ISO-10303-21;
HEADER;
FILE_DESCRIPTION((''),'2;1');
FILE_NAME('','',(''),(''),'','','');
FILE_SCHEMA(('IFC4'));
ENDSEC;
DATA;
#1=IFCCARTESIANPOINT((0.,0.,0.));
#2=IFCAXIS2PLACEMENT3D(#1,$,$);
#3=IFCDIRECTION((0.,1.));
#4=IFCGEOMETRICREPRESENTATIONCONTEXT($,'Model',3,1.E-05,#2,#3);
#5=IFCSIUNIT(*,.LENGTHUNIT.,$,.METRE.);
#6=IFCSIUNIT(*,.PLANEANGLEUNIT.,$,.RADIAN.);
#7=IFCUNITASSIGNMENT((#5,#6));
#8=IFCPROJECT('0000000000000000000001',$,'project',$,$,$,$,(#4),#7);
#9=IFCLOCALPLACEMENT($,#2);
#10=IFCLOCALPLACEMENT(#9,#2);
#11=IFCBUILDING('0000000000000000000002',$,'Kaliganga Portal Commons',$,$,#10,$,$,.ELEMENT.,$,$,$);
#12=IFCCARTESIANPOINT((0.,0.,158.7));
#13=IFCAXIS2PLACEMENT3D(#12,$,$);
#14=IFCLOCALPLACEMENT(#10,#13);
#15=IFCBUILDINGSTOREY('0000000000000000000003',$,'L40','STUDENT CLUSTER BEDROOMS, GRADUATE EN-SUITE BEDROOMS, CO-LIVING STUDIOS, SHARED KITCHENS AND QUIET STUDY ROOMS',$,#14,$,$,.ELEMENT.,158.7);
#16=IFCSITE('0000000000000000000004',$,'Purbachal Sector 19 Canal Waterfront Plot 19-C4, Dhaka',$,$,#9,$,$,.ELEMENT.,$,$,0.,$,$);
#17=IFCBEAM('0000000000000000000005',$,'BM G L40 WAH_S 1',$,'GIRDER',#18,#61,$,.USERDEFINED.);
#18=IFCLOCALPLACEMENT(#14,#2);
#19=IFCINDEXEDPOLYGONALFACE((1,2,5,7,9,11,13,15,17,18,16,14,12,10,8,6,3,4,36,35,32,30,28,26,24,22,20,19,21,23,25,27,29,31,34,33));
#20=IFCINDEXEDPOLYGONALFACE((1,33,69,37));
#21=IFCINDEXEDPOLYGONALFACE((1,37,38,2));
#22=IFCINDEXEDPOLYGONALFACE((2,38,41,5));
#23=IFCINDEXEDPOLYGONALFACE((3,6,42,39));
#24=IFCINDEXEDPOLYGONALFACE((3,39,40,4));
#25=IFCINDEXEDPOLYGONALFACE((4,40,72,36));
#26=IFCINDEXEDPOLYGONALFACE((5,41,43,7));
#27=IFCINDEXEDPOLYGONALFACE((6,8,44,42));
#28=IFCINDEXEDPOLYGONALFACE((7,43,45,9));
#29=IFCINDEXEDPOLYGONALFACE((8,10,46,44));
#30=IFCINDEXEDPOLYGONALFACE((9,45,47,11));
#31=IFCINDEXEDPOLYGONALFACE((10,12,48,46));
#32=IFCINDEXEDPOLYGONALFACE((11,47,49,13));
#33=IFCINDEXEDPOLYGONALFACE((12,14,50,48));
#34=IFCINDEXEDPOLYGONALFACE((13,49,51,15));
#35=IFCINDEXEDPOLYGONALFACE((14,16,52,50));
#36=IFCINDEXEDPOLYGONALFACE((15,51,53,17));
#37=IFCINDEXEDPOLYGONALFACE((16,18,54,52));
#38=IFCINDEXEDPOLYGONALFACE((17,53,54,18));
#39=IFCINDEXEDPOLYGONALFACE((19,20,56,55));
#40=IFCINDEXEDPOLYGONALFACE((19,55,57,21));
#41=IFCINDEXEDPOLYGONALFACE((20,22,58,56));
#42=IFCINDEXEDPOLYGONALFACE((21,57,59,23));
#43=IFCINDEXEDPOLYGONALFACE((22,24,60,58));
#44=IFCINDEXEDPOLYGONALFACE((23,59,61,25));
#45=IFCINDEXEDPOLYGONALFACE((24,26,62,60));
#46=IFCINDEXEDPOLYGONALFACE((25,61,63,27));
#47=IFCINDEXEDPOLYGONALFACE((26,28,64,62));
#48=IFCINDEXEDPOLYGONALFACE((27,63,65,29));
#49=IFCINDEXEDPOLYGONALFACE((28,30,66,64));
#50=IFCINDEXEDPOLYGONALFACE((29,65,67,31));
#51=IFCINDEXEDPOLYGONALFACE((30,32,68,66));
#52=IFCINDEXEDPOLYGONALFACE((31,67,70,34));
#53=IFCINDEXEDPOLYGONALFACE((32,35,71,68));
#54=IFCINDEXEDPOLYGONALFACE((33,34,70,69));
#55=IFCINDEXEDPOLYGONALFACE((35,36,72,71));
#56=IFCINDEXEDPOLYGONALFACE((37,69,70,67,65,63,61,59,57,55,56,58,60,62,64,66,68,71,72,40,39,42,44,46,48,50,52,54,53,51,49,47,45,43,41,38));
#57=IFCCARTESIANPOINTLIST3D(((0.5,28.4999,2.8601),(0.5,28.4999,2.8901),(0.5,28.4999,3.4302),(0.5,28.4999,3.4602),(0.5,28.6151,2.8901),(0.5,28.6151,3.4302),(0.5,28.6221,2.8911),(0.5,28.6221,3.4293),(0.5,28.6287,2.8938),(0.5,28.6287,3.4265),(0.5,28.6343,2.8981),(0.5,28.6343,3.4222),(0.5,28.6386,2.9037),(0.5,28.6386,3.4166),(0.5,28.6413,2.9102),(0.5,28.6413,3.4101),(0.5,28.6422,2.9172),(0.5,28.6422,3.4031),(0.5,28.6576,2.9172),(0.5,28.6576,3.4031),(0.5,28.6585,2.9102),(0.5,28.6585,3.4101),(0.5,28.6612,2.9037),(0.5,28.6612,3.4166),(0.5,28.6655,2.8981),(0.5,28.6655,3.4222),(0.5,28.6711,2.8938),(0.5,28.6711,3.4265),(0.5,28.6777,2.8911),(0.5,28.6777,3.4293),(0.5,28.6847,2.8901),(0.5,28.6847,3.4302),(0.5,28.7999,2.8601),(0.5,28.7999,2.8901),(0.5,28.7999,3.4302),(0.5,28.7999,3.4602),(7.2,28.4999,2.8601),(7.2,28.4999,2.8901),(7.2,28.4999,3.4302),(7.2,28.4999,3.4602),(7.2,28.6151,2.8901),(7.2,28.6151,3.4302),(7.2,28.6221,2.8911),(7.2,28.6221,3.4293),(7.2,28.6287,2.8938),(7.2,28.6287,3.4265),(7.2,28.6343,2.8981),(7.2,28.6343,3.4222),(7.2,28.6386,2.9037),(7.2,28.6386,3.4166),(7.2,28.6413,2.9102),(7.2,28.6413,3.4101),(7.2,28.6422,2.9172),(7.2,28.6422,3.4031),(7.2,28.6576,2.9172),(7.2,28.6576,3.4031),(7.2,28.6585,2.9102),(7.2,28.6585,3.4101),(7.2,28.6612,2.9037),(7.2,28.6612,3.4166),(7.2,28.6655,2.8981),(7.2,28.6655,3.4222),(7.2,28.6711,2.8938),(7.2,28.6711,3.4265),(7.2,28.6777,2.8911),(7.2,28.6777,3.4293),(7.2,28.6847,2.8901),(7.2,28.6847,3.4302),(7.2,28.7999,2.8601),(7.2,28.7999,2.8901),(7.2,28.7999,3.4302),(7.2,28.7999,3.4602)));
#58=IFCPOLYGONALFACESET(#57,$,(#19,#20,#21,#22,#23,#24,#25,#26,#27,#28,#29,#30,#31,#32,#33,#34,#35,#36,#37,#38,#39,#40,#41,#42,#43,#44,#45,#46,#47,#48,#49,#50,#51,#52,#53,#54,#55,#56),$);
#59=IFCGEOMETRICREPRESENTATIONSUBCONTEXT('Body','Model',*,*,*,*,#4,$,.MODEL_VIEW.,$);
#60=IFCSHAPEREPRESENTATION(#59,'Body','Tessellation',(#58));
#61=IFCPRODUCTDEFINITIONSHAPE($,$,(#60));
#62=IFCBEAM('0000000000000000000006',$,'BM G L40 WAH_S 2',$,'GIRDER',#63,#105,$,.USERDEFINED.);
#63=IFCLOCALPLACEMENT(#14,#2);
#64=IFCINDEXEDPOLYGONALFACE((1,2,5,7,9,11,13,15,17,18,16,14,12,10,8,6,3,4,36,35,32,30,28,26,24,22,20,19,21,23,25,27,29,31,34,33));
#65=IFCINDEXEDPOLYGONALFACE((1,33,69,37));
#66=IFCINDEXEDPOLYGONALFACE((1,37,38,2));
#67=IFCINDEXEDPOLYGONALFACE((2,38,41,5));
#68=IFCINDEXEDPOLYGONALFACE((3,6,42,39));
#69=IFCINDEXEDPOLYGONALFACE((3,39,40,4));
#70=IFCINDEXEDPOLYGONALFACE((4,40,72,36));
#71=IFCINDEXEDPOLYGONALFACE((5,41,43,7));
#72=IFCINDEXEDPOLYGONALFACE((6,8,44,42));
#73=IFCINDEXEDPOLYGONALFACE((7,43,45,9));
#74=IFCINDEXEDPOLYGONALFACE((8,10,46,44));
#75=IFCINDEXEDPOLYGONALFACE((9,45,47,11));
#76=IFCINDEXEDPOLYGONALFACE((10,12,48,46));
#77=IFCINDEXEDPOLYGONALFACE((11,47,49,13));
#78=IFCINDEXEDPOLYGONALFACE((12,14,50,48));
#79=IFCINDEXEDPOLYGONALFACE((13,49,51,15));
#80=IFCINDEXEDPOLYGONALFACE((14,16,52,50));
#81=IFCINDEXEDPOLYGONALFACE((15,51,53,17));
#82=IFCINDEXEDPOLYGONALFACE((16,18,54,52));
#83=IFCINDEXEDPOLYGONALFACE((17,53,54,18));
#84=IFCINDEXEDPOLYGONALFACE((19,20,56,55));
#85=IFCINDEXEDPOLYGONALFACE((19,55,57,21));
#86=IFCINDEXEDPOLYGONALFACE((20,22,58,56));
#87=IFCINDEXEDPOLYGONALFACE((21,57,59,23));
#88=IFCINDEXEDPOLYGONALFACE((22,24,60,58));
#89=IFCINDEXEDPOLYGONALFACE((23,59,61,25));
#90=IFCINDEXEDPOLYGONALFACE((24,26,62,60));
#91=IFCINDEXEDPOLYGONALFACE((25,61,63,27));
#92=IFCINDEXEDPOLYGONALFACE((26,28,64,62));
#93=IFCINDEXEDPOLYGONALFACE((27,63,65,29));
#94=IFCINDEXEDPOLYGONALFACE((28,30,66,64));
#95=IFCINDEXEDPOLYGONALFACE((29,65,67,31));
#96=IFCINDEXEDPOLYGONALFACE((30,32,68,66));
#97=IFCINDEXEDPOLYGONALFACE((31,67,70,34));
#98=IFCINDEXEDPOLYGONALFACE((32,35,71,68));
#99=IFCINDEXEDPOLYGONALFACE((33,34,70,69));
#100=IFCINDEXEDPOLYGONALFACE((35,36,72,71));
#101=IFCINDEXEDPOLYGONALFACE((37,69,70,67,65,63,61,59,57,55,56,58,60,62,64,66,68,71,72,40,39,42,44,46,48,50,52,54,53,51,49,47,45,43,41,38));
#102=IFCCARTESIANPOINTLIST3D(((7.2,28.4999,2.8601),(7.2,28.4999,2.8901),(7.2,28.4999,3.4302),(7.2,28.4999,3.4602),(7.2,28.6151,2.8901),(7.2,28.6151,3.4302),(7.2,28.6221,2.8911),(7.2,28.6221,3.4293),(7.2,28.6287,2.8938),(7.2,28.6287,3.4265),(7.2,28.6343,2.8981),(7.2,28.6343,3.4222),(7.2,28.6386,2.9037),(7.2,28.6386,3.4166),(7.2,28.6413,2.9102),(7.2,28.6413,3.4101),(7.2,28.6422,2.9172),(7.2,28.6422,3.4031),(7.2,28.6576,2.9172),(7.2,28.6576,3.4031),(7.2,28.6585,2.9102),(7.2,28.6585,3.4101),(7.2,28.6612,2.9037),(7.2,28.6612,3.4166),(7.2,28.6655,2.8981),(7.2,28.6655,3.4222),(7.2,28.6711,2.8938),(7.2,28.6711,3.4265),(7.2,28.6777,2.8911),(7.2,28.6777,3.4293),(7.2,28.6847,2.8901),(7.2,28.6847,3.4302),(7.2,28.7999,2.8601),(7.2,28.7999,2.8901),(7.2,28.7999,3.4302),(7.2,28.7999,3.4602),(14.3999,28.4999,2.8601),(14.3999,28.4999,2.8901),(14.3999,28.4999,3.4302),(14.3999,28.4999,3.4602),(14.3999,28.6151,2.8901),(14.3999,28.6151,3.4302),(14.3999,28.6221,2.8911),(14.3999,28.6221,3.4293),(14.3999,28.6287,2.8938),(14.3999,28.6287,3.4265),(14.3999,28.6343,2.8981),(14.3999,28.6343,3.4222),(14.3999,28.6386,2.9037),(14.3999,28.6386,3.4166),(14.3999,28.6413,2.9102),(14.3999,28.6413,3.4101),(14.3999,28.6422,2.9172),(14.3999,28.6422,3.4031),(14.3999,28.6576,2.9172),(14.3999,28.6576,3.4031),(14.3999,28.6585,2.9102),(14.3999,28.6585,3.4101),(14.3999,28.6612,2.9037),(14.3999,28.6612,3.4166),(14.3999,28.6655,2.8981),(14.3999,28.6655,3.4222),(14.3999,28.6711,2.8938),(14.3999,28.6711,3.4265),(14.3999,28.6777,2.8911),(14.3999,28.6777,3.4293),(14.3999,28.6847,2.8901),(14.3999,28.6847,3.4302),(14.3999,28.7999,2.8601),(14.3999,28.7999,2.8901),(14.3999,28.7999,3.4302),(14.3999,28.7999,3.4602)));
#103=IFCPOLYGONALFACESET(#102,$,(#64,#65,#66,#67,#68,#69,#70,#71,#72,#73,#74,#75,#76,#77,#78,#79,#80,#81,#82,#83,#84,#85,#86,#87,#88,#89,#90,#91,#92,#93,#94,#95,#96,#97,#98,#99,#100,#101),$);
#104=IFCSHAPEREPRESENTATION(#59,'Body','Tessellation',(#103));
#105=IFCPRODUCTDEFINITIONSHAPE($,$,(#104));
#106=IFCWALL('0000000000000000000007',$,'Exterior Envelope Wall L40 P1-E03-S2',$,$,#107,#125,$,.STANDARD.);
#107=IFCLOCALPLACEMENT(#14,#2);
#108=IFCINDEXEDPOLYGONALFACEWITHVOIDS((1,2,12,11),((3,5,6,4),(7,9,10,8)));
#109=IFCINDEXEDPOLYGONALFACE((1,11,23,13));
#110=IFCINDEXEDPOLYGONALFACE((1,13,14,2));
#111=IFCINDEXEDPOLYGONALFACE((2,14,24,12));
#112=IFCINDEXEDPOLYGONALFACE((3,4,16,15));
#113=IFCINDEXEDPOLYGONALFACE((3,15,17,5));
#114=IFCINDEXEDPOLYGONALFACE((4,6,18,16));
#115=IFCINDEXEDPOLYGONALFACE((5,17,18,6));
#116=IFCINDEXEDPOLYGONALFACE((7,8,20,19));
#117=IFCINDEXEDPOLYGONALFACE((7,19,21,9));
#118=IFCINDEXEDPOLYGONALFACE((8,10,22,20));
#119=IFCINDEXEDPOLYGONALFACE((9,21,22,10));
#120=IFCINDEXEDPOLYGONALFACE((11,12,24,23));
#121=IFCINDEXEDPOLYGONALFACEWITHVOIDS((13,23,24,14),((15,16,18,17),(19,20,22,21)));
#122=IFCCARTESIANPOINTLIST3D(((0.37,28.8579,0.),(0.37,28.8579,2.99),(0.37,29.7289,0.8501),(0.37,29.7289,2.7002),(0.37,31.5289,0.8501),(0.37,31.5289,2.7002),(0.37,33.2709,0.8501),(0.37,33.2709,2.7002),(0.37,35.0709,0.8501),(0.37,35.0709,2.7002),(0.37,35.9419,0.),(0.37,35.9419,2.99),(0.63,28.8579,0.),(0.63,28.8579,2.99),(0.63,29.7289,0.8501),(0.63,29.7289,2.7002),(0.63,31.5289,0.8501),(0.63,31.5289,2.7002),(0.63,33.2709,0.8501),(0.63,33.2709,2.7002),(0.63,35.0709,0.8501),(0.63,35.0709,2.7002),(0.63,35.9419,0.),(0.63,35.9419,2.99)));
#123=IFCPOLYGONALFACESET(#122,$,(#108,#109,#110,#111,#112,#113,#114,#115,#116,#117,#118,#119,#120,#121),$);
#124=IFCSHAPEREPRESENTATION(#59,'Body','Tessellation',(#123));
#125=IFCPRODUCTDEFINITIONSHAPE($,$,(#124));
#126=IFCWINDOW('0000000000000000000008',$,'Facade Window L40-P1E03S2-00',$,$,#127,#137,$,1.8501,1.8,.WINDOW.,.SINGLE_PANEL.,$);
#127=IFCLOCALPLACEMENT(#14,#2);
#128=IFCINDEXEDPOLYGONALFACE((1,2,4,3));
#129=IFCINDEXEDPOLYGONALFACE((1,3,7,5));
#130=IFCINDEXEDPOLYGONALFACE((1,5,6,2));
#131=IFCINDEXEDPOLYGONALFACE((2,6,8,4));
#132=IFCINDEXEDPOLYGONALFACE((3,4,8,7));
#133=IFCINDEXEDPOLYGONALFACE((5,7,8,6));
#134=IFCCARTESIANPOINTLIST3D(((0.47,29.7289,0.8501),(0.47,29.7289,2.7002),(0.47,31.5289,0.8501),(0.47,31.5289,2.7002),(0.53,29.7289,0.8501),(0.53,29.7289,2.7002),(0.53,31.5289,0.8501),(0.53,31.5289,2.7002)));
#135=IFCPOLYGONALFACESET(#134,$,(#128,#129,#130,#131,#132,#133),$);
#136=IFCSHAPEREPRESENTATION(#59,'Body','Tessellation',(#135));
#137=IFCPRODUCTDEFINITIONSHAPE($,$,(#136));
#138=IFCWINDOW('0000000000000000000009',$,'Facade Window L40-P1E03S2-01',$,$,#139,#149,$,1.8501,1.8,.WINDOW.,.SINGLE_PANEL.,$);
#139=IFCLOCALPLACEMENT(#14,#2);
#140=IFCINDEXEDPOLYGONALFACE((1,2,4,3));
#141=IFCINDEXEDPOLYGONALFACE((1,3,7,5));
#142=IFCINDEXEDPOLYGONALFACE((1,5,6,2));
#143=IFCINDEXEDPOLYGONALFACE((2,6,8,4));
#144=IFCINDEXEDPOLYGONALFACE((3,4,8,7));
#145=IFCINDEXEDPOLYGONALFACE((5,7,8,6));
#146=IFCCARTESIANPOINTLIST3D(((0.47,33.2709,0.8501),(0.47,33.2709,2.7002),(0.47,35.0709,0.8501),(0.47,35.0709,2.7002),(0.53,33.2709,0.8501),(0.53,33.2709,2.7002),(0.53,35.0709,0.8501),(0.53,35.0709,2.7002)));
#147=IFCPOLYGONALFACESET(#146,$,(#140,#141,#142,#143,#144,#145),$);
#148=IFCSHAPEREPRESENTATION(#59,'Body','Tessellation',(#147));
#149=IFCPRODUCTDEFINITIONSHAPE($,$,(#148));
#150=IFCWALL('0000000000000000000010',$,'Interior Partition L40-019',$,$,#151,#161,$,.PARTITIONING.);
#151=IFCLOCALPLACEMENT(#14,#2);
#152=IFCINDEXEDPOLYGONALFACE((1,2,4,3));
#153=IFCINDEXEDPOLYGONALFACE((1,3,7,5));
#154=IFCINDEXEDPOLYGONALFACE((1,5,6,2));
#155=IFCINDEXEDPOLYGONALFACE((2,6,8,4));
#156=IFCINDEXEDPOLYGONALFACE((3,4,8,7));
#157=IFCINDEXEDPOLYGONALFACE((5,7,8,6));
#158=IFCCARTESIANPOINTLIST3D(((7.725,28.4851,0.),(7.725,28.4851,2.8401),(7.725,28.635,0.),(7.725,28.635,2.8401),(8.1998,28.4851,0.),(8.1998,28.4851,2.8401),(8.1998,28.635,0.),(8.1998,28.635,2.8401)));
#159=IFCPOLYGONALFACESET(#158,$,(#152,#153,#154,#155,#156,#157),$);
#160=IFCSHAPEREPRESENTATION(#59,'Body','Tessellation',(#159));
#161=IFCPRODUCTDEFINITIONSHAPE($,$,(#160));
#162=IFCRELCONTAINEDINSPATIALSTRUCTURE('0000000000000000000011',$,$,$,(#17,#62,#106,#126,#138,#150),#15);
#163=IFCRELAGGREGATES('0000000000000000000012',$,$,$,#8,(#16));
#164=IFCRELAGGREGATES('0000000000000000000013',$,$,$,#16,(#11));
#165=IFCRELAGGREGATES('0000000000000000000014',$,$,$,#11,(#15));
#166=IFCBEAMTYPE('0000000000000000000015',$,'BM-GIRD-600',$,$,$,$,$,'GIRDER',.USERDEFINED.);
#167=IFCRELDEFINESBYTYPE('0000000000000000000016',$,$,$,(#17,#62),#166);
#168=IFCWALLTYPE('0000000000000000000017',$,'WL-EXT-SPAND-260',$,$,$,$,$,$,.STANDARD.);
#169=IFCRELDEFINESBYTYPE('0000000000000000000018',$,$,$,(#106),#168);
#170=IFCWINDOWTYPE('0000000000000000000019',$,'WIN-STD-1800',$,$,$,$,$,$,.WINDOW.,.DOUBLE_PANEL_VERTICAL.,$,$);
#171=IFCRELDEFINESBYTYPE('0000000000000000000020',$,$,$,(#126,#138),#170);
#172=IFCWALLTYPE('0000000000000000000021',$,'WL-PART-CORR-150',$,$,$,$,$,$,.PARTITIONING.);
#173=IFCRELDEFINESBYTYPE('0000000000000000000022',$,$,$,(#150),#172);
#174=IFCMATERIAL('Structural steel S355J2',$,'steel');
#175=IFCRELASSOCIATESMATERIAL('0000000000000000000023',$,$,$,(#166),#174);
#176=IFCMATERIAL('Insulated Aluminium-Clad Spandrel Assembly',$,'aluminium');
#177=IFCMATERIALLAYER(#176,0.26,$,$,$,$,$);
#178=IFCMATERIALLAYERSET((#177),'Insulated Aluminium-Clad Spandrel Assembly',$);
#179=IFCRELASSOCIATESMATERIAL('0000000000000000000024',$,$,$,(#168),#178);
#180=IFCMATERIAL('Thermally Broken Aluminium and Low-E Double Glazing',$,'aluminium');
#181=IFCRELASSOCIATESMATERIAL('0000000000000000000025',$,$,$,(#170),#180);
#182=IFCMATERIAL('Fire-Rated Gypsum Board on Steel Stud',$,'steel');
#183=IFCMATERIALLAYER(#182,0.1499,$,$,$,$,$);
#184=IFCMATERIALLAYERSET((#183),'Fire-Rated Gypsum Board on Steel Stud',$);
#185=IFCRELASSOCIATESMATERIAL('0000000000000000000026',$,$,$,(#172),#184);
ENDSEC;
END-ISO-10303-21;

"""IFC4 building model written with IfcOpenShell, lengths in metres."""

from ifc_helpers import new_model, si_unit, direction, frame, frame_2d, origin, origin_2d, place, context, subcontext, project, spatial, rectangle, i_section, extrude, source, transform, mapped, material, layer, layer_set, material_profile, profile_set, type_object, element, fill, save


model = new_model("IFC4")

# Units and contexts
model_context = context("Model", 3, precision=1e-05, world=origin(), true_north=direction((0.0, 1.0)))
body_context = subcontext(model_context, "Body", "Model", "MODEL_VIEW")
ifc_project = project(units=[si_unit("LENGTHUNIT", "METRE"), si_unit("PLANEANGLEUNIT", "RADIAN")], contexts=[model_context])

# Site, building, storey
site_placement = place(None, origin())
site = spatial("IfcSite", under=ifc_project, at=site_placement, Name="Purbachal Sector 19 Canal Waterfront Plot 19-C4, Dhaka", CompositionType="ELEMENT", RefElevation=0.0)
building_placement = place(site_placement, origin())
building = spatial("IfcBuilding", under=site, at=building_placement, Name="Kaliganga Portal Commons", CompositionType="ELEMENT")
storey_placement = place(building_placement, frame((0.0, 0.0, 158.7)))
storey = spatial("IfcBuildingStorey", under=building, at=storey_placement, Name="L40", Description="STUDENT CLUSTER BEDROOMS, GRADUATE EN-SUITE BEDROOMS, CO-LIVING STUDIOS, SHARED KITCHENS AND QUIET STUDY ROOMS", CompositionType="ELEMENT", Elevation=158.7)

# Beams
ifc_material_1 = material(Name="Structural steel S355J2", Category="steel")
ifc_material_profile_1 = material_profile(ifc_material_1, i_section(OverallWidth=0.3, OverallDepth=0.6001, WebThickness=0.0154, FlangeThickness=0.03, FilletRadius=0.0271, at=origin_2d()), Name="HE 600 B")
ifc_profile_set_1 = profile_set([ifc_material_profile_1], Name="Structural steel S355J2 wide-flange")
beam_type_1 = type_object("IfcBeamType", Name="BM-GIRD-600", ElementType="GIRDER", PredefinedType="USERDEFINED", material=ifc_profile_set_1)
shared_shape_1 = source(origin(), body_context, "Body", "SweptSolid", [
    extrude(i_section(OverallWidth=0.3, OverallDepth=0.6001, WebThickness=0.0154, FlangeThickness=0.03, FilletRadius=0.0271, at=origin_2d()), origin(), (0.0, 0.0, 1.0), 6.7),
])
beam_1_placement = place(storey_placement, frame((0.5, 28.6499, 3.1602), z_axis=(1.0, 0.0, 0.0), x_axis=(0.0, 1.0, 0.0)))
element("IfcBeam", 1, at=beam_1_placement, inside=storey, type_object=beam_type_1, Name="BM G L40 WAH_S 1", ObjectType="GIRDER", PredefinedType="USERDEFINED", context=body_context, shape_type="MappedRepresentation", body=[
    mapped(shared_shape_1, transform((0.0, 0.0, 0.0), x_axis=(1.0, 0.0, 0.0), y_axis=(0.0, 1.0, 0.0), z_axis=(0.0, 0.0, 1.0), scale=1.0)),
])
shared_shape_2 = source(origin(), body_context, "Body", "SweptSolid", [
    extrude(i_section(OverallWidth=0.3, OverallDepth=0.6001, WebThickness=0.0154, FlangeThickness=0.03, FilletRadius=0.0271, at=origin_2d()), origin(), (0.0, 0.0, 1.0), 7.2),
])
beam_2_placement = place(storey_placement, frame((7.2, 28.6499, 3.1602), z_axis=(1.0, 0.0, 0.0), x_axis=(0.0, 1.0, 0.0)))
element("IfcBeam", 2, at=beam_2_placement, inside=storey, type_object=beam_type_1, Name="BM G L40 WAH_S 2", ObjectType="GIRDER", PredefinedType="USERDEFINED", context=body_context, shape_type="MappedRepresentation", body=[
    mapped(shared_shape_2, transform((0.0, 0.0, 0.0), x_axis=(1.0, 0.0, 0.0), y_axis=(0.0, 1.0, 0.0), z_axis=(0.0, 0.0, 1.0), scale=1.0)),
])

# Wall, openings, windows
ifc_material_2 = material(Name="Insulated Aluminium-Clad Spandrel Assembly", Category="aluminium")
ifc_layer_1 = layer(ifc_material_2, 0.26)
ifc_layer_set_1 = layer_set([ifc_layer_1], Name="Insulated Aluminium-Clad Spandrel Assembly")
wall_type_1 = type_object("IfcWallType", Name="WL-EXT-SPAND-260", PredefinedType="STANDARD", material=ifc_layer_set_1)
wall_1_placement = place(storey_placement, frame((0.5, 28.8579, 0.0), z_axis=(0.0, 0.0, 1.0), x_axis=(0.0, 1.0, 0.0)))
wall_1 = element("IfcWall", 3, at=wall_1_placement, inside=storey, type_object=wall_type_1, Name="Exterior Envelope Wall L40 P1-E03-S2", PredefinedType="STANDARD", context=body_context, shape_type="SweptSolid", body=[
    extrude(rectangle(XDim=7.084, YDim=0.26, at=frame_2d((3.542, 0.0))), origin(), (0.0, 0.0, 1.0), 2.99),
])
opening_1_placement = place(wall_1_placement, frame((0.8711, 0.0, 0.8501)))
opening_1 = element("IfcOpeningElement", 4, at=opening_1_placement, cuts=wall_1, PredefinedType="OPENING", context=body_context, shape_type="SweptSolid", body=[
    extrude(rectangle(XDim=1.8, YDim=1.8501, at=frame_2d((0.8999, 0.925))), frame((0.0, 0.1401, 0.0), z_axis=(0.0, -1.0, 0.0), x_axis=(1.0, 0.0, 0.0)), (0.0, 0.0, 1.0), 0.28),
])
opening_2_placement = place(wall_1_placement, frame((4.4131, 0.0, 0.8501)))
opening_2 = element("IfcOpeningElement", 5, at=opening_2_placement, cuts=wall_1, PredefinedType="OPENING", context=body_context, shape_type="SweptSolid", body=[
    extrude(rectangle(XDim=1.8, YDim=1.8501, at=frame_2d((0.8999, 0.925))), frame((0.0, 0.1401, 0.0), z_axis=(0.0, -1.0, 0.0), x_axis=(1.0, 0.0, 0.0)), (0.0, 0.0, 1.0), 0.28),
])
ifc_material_3 = material(Name="Thermally Broken Aluminium and Low-E Double Glazing", Category="aluminium")
window_type = type_object("IfcWindowType", Name="WIN-STD-1800", PartitioningType="DOUBLE_PANEL_VERTICAL", PredefinedType="WINDOW", material=ifc_material_3)
window_1_placement = place(opening_1_placement, origin())
window_1 = element("IfcWindow", 6, at=window_1_placement, inside=storey, type_object=window_type, Name="Facade Window L40-P1E03S2-00", OverallHeight=1.8501, OverallWidth=1.8, PartitioningType="SINGLE_PANEL", PredefinedType="WINDOW", context=body_context, shape_type="SweptSolid", body=[
    extrude(rectangle(XDim=1.8, YDim=1.8501, at=frame_2d((0.8999, 0.925))), frame((0.0, 0.03, 0.0), z_axis=(0.0, -1.0, 0.0), x_axis=(1.0, 0.0, 0.0)), (0.0, 0.0, 1.0), 0.0601),
])
fill(opening_1, window_1)
window_2_placement = place(opening_2_placement, origin())
window_2 = element("IfcWindow", 7, at=window_2_placement, inside=storey, type_object=window_type, Name="Facade Window L40-P1E03S2-01", OverallHeight=1.8501, OverallWidth=1.8, PartitioningType="SINGLE_PANEL", PredefinedType="WINDOW", context=body_context, shape_type="SweptSolid", body=[
    extrude(rectangle(XDim=1.8, YDim=1.8501, at=frame_2d((0.8999, 0.925))), frame((0.0, 0.03, 0.0), z_axis=(0.0, -1.0, 0.0), x_axis=(1.0, 0.0, 0.0)), (0.0, 0.0, 1.0), 0.0601),
])
fill(opening_2, window_2)

# Shared definitions
ifc_material_4 = material(Name="Fire-Rated Gypsum Board on Steel Stud", Category="steel")
ifc_layer_2 = layer(ifc_material_4, 0.1499)
ifc_layer_set_2 = layer_set([ifc_layer_2], Name="Fire-Rated Gypsum Board on Steel Stud")
wall_type_2 = type_object("IfcWallType", Name="WL-PART-CORR-150", PredefinedType="PARTITIONING", material=ifc_layer_set_2)

# Wall
wall_2_placement = place(storey_placement, frame((7.7251, 28.5601, 0.0), z_axis=(0.0, 0.0, 1.0), x_axis=(1.0, 0.0, 0.0)))
element("IfcWall", 8, at=wall_2_placement, inside=storey, type_object=wall_type_2, Name="Interior Partition L40-019", PredefinedType="PARTITIONING", context=body_context, shape_type="SweptSolid", body=[
    extrude(rectangle(XDim=0.4749, YDim=0.1499, at=frame_2d((0.2373, 0.0))), origin(), (0.0, 0.0, 1.0), 2.8401),
])

save(model, "model.ifc")
